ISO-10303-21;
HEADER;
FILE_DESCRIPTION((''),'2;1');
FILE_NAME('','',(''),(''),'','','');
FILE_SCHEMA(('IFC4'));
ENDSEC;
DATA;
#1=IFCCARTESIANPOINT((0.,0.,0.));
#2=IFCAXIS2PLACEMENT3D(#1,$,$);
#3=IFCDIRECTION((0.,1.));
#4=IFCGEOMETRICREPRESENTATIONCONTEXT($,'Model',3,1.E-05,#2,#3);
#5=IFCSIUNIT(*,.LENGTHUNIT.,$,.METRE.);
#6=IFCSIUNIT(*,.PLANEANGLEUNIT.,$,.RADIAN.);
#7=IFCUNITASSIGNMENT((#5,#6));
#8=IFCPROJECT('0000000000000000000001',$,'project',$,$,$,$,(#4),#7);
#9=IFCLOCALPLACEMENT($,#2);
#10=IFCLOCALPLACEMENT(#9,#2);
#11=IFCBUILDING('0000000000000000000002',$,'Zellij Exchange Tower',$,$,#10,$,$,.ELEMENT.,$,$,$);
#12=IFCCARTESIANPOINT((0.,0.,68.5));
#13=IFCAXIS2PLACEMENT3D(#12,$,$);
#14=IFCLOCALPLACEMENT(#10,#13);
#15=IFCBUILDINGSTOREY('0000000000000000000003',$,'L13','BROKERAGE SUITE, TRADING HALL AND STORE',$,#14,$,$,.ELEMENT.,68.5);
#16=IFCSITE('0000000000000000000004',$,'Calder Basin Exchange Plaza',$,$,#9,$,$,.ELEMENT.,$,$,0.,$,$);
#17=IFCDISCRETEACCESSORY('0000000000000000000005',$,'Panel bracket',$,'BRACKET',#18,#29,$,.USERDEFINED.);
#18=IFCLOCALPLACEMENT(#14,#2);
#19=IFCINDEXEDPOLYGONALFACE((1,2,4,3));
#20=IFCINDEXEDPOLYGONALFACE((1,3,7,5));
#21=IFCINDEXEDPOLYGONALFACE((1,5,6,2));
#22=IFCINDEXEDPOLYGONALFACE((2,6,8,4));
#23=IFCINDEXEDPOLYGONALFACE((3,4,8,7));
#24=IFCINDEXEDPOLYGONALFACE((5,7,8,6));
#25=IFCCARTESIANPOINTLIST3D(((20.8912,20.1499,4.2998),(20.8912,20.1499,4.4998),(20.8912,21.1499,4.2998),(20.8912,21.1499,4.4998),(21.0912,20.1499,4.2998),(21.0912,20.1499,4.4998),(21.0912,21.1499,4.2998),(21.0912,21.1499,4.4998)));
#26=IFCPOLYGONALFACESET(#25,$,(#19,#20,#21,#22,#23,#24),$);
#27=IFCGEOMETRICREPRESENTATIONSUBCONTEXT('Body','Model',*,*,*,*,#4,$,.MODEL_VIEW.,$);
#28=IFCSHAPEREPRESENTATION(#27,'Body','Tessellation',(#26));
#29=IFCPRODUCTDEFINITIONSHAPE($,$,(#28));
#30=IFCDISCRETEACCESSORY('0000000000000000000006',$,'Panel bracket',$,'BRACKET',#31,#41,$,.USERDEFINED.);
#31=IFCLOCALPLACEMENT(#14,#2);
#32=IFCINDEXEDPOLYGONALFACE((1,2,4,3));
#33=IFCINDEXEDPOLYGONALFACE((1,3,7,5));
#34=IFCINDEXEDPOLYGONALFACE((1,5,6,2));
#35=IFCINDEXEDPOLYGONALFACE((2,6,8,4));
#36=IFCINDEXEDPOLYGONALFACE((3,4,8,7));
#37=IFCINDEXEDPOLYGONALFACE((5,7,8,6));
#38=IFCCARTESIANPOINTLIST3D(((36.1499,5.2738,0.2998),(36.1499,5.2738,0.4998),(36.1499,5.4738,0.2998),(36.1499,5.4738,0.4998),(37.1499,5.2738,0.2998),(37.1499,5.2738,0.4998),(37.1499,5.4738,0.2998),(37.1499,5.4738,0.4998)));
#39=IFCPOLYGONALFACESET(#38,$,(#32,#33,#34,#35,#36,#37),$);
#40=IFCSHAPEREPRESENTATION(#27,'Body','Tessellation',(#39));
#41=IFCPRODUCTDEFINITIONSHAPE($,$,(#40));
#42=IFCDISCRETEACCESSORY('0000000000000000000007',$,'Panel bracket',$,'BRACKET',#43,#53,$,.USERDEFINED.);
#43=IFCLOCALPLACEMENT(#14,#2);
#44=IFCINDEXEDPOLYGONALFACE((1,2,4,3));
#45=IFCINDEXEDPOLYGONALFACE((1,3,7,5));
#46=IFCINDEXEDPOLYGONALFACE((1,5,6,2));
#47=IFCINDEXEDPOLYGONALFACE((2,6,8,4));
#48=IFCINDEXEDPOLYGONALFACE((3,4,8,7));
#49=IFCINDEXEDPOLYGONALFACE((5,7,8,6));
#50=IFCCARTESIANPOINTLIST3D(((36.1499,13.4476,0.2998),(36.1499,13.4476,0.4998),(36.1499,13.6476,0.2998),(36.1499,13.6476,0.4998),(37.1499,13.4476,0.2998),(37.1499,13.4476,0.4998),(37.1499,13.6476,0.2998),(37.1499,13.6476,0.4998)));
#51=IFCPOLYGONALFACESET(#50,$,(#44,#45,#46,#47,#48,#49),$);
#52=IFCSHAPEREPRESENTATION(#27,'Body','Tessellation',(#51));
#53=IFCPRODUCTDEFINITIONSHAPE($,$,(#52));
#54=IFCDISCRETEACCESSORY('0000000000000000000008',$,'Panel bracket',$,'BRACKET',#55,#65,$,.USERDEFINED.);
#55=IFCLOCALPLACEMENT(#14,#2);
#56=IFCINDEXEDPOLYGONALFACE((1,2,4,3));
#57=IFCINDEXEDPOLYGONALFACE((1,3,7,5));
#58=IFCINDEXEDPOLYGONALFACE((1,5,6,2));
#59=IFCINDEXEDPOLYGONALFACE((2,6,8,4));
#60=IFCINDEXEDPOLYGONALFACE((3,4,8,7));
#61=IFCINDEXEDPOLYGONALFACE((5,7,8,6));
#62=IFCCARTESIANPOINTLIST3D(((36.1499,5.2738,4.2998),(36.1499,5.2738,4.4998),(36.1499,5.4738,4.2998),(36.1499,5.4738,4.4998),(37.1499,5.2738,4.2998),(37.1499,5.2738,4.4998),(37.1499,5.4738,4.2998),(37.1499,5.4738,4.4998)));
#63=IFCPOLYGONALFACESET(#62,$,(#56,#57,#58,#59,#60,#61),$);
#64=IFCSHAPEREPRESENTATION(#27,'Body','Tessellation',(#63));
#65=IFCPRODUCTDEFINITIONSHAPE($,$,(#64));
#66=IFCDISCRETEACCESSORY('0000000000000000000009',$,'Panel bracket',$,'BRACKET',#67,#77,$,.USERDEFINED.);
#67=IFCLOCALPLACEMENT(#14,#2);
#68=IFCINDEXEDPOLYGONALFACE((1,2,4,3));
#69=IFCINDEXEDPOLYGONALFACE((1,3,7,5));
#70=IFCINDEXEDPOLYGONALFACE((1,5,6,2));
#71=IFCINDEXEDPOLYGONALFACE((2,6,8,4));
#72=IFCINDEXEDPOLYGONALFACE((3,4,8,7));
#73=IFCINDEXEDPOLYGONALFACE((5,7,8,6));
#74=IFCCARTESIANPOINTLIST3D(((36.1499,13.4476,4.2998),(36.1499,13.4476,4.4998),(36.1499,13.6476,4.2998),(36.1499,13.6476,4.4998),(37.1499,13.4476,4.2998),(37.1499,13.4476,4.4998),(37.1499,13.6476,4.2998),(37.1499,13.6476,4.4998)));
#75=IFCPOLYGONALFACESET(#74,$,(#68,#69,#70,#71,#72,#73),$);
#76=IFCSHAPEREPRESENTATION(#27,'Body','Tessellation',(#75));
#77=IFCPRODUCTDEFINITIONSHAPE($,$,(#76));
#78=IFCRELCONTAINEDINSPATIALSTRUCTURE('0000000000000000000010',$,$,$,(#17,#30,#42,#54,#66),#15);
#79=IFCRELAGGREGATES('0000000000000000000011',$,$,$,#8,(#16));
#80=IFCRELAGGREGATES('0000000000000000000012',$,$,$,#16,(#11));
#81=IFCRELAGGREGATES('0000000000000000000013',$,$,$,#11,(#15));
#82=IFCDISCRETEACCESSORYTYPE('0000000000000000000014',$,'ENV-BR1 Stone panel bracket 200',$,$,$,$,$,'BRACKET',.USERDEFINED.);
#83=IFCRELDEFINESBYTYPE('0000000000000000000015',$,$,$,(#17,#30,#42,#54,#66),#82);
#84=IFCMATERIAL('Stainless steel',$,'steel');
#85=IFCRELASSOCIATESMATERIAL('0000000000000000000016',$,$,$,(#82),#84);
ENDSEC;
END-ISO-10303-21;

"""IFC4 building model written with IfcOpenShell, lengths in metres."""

from ifc_helpers import new_model, si_unit, direction, frame, origin, origin_2d, place, context, subcontext, project, spatial, rectangle, extrude, material, type_object, element, save


model = new_model("IFC4")

# Units and contexts
model_context = context("Model", 3, precision=1e-05, world=origin(), true_north=direction((0.0, 1.0)))
body_context = subcontext(model_context, "Body", "Model", "MODEL_VIEW")
ifc_project = project(units=[si_unit("LENGTHUNIT", "METRE"), si_unit("PLANEANGLEUNIT", "RADIAN")], contexts=[model_context])

# Site, building, storey
site_placement = place(None, origin())
site = spatial("IfcSite", under=ifc_project, at=site_placement, Name="Calder Basin Exchange Plaza", CompositionType="ELEMENT", RefElevation=0.0)
building_placement = place(site_placement, origin())
building = spatial("IfcBuilding", under=site, at=building_placement, Name="Zellij Exchange Tower", CompositionType="ELEMENT")
storey_placement = place(building_placement, frame((0.0, 0.0, 68.5)))
storey = spatial("IfcBuildingStorey", under=building, at=storey_placement, Name="L13", Description="BROKERAGE SUITE, TRADING HALL AND STORE", CompositionType="ELEMENT", Elevation=68.5)

# Discrete accessories
ifc_material_1 = material(Name="Stainless steel", Category="steel")
discrete_accessory_type = type_object("IfcDiscreteAccessoryType", Name="ENV-BR1 Stone panel bracket 200", ElementType="BRACKET", PredefinedType="USERDEFINED", material=ifc_material_1)
for number, where, z_axis, x_axis, name in (
    (1, (20.9912, 20.6499, 4.2998), (0.0, 0.0, 1.0), (-1.0, 0.0, 0.0), "Panel bracket"),
    (2, (36.6499, 5.3738, 0.2998), (0.0, 0.0, 1.0), (0.0, 1.0, 0.0), "Panel bracket"),
    (3, (36.6499, 13.5476, 0.2998), (0.0, 0.0, 1.0), (0.0, 1.0, 0.0), "Panel bracket"),
    (4, (36.6499, 5.3738, 4.2998), (0.0, 0.0, 1.0), (0.0, 1.0, 0.0), "Panel bracket"),
    (5, (36.6499, 13.5476, 4.2998), (0.0, 0.0, 1.0), (0.0, 1.0, 0.0), "Panel bracket"),
):
    element("IfcDiscreteAccessory", number, at=place(storey_placement, frame(where, z_axis=z_axis, x_axis=x_axis)), inside=storey, type_object=discrete_accessory_type, Name=name, ObjectType="BRACKET", PredefinedType="USERDEFINED", context=body_context, shape_type="SweptSolid", body=[
        extrude(rectangle(XDim=0.2, YDim=1.0, at=origin_2d()), origin(), (0.0, 0.0, 1.0), 0.2),
    ])

save(model, "model.ifc")
